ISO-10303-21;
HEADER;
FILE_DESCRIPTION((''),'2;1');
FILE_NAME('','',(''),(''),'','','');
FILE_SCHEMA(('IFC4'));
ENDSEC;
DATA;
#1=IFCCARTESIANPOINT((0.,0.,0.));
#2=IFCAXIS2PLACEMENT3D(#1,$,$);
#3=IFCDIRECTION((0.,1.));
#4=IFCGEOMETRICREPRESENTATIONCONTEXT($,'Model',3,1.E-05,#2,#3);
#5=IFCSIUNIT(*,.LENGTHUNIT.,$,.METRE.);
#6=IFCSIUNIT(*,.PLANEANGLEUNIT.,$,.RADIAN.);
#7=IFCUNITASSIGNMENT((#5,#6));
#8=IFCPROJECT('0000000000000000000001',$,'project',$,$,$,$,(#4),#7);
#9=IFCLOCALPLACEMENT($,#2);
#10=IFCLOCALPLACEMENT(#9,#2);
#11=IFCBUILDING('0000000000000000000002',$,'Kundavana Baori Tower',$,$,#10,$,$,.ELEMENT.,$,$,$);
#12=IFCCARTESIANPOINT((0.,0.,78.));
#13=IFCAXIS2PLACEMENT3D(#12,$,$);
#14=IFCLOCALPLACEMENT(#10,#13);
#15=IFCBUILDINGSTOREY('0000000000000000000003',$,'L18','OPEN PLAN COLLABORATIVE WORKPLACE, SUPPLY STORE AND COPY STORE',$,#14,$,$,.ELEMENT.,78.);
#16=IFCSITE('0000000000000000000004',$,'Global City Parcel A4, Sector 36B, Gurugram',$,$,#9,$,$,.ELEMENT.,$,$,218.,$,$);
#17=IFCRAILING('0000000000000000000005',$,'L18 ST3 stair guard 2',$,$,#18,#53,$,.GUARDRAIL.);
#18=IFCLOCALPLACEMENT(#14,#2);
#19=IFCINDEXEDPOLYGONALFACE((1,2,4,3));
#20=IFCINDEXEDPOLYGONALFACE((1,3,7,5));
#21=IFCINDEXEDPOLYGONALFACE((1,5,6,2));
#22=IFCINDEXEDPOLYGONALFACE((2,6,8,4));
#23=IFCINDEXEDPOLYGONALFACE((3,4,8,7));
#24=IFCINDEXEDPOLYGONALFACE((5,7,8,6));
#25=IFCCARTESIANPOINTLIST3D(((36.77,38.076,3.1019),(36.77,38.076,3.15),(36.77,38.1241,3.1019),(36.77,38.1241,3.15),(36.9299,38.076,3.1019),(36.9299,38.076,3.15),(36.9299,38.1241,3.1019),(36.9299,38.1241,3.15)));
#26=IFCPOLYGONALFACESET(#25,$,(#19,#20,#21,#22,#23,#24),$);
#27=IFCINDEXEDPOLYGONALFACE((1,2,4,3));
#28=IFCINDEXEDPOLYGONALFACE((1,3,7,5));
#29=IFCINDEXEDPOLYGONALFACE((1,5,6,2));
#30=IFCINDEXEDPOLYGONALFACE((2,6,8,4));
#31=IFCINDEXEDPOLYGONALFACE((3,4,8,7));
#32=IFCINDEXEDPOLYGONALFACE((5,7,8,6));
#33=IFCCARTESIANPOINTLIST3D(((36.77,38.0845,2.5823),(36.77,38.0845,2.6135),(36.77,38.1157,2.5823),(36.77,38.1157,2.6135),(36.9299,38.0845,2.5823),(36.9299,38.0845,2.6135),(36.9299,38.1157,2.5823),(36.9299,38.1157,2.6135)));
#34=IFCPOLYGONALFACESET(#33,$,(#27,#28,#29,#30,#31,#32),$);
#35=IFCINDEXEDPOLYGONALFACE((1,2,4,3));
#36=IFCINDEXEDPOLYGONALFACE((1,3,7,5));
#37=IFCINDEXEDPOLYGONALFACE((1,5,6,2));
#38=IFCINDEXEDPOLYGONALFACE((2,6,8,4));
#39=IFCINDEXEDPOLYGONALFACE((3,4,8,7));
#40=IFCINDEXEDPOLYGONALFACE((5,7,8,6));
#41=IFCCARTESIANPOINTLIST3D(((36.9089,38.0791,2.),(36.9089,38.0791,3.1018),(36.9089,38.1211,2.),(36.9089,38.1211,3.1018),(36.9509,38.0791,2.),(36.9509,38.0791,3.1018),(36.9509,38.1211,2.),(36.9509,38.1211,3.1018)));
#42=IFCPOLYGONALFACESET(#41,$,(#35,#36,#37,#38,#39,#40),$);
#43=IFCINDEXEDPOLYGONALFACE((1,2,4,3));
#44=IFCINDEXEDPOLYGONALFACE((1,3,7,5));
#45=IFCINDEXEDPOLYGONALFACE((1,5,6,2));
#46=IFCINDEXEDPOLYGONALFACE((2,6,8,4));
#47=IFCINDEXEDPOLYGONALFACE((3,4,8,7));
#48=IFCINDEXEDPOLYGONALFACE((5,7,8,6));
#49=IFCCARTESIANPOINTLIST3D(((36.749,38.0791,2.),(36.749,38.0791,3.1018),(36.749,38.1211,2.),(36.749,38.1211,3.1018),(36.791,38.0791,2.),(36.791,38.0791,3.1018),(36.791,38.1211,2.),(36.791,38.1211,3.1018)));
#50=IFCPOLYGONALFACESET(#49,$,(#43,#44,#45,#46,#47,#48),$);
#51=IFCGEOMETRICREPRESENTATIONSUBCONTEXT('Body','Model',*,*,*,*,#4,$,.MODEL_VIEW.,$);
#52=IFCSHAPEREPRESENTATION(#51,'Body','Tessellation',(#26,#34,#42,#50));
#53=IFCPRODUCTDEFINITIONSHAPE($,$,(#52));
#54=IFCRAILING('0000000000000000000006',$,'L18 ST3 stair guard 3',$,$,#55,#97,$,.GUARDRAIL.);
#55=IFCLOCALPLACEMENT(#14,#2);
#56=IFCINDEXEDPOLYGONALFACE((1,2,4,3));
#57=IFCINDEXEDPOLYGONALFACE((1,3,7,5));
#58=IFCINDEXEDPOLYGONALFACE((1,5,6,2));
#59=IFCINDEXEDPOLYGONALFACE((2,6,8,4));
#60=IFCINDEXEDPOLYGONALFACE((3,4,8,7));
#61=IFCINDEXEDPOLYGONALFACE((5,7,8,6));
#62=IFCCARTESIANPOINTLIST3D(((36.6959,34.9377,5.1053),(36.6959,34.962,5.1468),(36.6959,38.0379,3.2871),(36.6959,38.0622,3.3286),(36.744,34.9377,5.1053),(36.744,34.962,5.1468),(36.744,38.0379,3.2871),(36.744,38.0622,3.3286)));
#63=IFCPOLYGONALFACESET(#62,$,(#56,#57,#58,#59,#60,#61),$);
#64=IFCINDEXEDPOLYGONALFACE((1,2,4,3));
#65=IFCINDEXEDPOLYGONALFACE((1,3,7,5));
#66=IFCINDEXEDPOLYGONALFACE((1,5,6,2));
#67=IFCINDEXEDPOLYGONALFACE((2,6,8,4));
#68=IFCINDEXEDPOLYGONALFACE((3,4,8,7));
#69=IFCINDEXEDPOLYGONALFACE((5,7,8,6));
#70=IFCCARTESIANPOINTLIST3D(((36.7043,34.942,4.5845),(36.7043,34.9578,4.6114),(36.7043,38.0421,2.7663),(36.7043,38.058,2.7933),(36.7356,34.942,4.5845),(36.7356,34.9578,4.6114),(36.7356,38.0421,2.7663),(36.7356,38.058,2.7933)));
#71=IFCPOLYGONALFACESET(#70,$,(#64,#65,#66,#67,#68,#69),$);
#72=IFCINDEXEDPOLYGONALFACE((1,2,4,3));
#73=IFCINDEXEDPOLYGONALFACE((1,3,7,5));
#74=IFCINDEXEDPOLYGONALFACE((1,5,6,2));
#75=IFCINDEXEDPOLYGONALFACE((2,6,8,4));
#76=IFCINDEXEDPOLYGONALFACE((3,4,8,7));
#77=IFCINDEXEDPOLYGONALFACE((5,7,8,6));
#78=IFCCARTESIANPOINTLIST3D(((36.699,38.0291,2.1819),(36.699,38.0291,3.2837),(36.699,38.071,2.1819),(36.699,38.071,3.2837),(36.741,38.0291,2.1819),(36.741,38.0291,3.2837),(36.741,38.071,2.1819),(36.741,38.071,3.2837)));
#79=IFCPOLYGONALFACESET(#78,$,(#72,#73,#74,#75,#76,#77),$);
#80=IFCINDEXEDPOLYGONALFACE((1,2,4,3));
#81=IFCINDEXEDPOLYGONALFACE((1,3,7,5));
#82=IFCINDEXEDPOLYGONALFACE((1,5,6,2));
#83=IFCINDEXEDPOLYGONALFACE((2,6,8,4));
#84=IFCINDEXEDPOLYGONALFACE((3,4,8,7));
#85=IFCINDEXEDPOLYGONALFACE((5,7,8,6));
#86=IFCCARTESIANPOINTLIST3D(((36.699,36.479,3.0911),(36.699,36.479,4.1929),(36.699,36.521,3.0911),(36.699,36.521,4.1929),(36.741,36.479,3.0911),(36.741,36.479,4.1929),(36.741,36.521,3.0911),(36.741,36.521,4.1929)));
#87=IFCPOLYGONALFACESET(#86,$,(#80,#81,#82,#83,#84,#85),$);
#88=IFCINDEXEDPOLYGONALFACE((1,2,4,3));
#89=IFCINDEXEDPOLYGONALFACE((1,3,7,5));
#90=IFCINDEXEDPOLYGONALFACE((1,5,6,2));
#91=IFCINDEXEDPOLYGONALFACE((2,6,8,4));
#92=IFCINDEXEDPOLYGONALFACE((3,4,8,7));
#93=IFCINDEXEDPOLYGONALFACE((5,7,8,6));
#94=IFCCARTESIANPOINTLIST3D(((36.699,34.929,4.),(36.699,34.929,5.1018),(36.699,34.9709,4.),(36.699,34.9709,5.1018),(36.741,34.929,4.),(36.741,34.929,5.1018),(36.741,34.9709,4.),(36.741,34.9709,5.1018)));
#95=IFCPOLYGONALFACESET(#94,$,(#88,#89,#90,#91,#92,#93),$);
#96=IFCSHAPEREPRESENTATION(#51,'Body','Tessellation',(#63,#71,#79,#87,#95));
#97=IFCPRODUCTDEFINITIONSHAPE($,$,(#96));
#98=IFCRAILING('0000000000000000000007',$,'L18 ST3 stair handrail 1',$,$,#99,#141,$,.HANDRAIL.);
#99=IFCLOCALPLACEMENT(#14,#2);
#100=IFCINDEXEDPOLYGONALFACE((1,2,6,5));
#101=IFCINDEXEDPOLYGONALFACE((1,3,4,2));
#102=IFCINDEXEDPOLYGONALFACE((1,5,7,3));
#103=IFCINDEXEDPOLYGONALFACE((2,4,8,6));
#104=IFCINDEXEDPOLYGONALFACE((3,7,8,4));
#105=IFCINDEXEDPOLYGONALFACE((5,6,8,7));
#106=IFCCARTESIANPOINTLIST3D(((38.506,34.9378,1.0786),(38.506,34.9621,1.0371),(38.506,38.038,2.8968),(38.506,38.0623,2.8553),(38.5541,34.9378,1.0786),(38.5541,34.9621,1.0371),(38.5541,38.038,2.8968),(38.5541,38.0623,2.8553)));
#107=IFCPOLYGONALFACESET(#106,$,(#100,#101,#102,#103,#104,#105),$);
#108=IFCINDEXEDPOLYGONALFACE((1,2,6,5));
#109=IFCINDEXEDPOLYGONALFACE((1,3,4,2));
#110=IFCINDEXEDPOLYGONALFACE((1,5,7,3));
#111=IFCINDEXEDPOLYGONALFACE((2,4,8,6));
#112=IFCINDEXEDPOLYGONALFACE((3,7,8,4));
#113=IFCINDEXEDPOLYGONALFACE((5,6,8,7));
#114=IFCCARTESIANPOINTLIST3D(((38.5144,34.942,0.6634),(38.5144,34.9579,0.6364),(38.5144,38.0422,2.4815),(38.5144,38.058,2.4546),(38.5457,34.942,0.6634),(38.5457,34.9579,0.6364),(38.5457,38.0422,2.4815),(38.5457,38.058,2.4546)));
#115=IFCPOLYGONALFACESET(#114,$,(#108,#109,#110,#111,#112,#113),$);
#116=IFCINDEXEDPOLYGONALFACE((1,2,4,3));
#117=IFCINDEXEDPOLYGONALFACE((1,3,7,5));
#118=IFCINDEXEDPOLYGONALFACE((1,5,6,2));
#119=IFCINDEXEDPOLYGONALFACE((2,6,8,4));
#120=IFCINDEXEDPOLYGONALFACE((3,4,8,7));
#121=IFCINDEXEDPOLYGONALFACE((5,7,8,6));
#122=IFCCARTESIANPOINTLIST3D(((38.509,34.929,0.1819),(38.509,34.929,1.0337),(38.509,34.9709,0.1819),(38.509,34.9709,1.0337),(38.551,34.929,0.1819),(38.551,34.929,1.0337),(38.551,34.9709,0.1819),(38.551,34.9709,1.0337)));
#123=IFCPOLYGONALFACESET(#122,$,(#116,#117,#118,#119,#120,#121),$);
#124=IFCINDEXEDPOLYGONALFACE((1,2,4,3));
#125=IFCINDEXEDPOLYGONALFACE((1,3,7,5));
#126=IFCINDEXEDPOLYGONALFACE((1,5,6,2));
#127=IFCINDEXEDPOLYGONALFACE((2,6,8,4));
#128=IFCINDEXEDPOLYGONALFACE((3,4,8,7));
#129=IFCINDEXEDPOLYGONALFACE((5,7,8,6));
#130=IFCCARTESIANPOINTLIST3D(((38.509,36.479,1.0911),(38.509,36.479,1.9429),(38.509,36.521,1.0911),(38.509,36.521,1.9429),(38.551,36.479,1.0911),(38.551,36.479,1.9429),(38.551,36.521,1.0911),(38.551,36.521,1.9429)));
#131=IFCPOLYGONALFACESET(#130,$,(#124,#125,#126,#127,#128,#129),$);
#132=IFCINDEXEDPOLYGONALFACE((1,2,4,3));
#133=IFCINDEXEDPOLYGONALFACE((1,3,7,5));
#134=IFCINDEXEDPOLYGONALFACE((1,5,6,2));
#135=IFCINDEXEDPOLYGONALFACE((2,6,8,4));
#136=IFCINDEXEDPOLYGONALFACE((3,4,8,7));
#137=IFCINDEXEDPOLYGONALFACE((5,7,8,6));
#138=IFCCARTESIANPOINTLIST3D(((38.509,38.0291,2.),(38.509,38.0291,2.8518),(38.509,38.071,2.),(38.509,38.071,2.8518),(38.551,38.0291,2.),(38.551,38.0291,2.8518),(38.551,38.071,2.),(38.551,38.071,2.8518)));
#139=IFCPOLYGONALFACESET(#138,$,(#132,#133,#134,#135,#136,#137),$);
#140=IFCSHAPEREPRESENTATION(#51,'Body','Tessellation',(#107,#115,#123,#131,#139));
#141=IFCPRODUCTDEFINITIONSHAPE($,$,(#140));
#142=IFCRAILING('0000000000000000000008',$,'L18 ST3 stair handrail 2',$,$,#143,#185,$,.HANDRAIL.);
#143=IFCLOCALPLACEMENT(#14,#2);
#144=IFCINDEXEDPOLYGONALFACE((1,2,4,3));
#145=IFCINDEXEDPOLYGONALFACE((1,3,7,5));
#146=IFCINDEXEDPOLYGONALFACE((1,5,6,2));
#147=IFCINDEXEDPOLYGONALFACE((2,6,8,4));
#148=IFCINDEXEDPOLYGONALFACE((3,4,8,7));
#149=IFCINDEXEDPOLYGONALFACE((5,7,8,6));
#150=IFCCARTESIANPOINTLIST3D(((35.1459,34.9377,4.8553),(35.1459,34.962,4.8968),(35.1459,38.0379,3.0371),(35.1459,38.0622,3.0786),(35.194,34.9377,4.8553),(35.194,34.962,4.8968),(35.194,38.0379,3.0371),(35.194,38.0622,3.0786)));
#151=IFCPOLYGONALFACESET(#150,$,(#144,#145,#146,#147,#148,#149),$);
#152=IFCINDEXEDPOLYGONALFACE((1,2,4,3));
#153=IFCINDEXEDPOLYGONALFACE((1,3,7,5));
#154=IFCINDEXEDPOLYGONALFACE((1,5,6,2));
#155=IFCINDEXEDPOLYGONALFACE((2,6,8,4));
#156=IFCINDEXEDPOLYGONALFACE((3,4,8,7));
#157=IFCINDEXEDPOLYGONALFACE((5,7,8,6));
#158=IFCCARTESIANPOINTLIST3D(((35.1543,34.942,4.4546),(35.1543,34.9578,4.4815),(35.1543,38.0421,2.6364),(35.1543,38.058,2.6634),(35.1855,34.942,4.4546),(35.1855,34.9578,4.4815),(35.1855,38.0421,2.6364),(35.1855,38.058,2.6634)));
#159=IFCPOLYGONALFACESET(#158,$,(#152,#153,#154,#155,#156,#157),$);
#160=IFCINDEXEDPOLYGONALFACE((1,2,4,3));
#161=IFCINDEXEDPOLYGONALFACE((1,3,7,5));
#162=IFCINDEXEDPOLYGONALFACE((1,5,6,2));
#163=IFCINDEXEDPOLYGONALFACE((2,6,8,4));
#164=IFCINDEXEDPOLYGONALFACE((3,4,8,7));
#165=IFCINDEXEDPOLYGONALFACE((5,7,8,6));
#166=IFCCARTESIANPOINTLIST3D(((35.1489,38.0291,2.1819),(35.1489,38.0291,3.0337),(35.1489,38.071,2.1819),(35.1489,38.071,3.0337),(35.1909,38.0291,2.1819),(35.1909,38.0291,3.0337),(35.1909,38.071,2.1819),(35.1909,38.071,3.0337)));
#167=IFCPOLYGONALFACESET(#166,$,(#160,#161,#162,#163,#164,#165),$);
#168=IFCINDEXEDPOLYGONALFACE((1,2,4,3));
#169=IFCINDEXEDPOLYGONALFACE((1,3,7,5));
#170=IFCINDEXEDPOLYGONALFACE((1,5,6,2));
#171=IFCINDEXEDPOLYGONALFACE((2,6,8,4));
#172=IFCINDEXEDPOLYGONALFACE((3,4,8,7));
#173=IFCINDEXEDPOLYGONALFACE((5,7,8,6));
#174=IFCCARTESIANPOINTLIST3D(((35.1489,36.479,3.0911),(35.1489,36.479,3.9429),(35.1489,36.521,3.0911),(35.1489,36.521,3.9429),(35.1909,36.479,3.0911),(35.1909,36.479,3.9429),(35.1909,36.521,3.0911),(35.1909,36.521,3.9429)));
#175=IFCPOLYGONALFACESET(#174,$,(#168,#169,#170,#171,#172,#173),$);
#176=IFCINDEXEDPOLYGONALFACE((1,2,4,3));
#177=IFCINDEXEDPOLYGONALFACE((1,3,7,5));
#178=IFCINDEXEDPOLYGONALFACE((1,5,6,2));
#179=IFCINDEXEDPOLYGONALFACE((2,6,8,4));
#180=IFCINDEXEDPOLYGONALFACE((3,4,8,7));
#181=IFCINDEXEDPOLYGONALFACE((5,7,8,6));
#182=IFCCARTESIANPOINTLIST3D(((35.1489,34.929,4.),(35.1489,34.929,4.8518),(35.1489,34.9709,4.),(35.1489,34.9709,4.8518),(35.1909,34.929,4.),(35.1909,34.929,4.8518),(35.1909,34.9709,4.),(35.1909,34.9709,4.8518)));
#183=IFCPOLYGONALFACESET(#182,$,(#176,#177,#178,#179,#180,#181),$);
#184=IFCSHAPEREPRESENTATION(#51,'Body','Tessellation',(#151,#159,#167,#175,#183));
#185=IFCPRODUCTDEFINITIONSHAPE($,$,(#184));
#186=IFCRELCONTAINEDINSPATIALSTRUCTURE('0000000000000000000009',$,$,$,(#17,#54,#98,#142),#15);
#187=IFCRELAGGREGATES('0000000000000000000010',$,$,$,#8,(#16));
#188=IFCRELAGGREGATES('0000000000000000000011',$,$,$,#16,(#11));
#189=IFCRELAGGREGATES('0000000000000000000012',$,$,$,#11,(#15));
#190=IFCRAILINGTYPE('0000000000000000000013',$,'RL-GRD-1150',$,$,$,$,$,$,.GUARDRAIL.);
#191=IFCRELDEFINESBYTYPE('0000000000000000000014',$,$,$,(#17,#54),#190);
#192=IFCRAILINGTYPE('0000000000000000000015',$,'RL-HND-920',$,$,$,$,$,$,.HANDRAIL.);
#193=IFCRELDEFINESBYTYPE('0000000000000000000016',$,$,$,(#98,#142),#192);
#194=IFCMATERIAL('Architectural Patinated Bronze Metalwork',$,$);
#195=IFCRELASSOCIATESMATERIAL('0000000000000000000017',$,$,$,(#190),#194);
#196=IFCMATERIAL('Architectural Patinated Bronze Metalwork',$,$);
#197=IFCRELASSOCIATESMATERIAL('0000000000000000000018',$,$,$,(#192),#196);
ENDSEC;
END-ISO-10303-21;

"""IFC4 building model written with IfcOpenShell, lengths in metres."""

from ifc_helpers import new_model, si_unit, direction, frame, origin, origin_2d, place, context, subcontext, project, spatial, rectangle, extrude, material, type_object, element, save


model = new_model("IFC4")

# Units and contexts
model_context = context("Model", 3, precision=1e-05, world=origin(), true_north=direction((0.0, 1.0)))
body_context = subcontext(model_context, "Body", "Model", "MODEL_VIEW")
ifc_project = project(units=[si_unit("LENGTHUNIT", "METRE"), si_unit("PLANEANGLEUNIT", "RADIAN")], contexts=[model_context])

# Site, building, storey
site_placement = place(None, origin())
site = spatial("IfcSite", under=ifc_project, at=site_placement, Name="Global City Parcel A4, Sector 36B, Gurugram", CompositionType="ELEMENT", RefElevation=218.0)
building_placement = place(site_placement, origin())
building = spatial("IfcBuilding", under=site, at=building_placement, Name="Kundavana Baori Tower", CompositionType="ELEMENT")
storey_placement = place(building_placement, frame((0.0, 0.0, 78.0)))
storey = spatial("IfcBuildingStorey", under=building, at=storey_placement, Name="L18", Description="OPEN PLAN COLLABORATIVE WORKPLACE, SUPPLY STORE AND COPY STORE", CompositionType="ELEMENT", Elevation=78.0)

# Railings
ifc_material_1 = material(Name="Architectural Patinated Bronze Metalwork")
railing_type_1 = type_object("IfcRailingType", Name="RL-GRD-1150", PredefinedType="GUARDRAIL", material=ifc_material_1)
railing_1_placement = place(storey_placement, frame((36.9299, 38.1001, 2.0)))
element("IfcRailing", 1, at=railing_1_placement, inside=storey, type_object=railing_type_1, Name="L18 ST3 stair guard 2", PredefinedType="GUARDRAIL", context=body_context, shape_type="SweptSolid", body=[
    extrude(rectangle(XDim=0.0481, YDim=0.0481, at=origin_2d()), frame((0.0, 0.0, 1.126), z_axis=(-1.0, 0.0, 0.0), x_axis=(0.0, -1.0, 0.0)), (0.0, 0.0, 1.0), 0.1599),
    extrude(rectangle(XDim=0.0312, YDim=0.0312, at=origin_2d()), frame((0.0, 0.0, 0.5979), z_axis=(-1.0, 0.0, 0.0), x_axis=(0.0, -1.0, 0.0)), (0.0, 0.0, 1.0), 0.1599),
    extrude(rectangle(XDim=0.042, YDim=0.042, at=origin_2d()), origin(), (0.0, 0.0, 1.0), 1.1018),
    extrude(rectangle(XDim=0.042, YDim=0.042, at=origin_2d()), frame((-0.1599, 0.0, 0.0)), (0.0, 0.0, 1.0), 1.1018),
])
railing_2_placement = place(storey_placement, frame((36.72, 38.05, 2.1819)))
element("IfcRailing", 2, at=railing_2_placement, inside=storey, type_object=railing_type_1, Name="L18 ST3 stair guard 3", PredefinedType="GUARDRAIL", context=body_context, shape_type="SweptSolid", body=[
    extrude(rectangle(XDim=0.0481, YDim=0.0481, at=origin_2d()), frame((0.0, 0.0, 1.126), z_axis=(0.0, -0.862599, 0.505889), x_axis=(1.0, 0.0, 0.0)), (0.0, 0.0, 1.0), 3.594),
    extrude(rectangle(XDim=0.0312, YDim=0.0312, at=origin_2d()), frame((0.0, 0.0, 0.5979), z_axis=(0.0, -0.862599, 0.505889), x_axis=(1.0, 0.0, 0.0)), (0.0, 0.0, 1.0), 3.594),
    extrude(rectangle(XDim=0.042, YDim=0.042, at=origin_2d()), origin(), (0.0, 0.0, 1.0), 1.1018),
    extrude(rectangle(XDim=0.042, YDim=0.042, at=origin_2d()), frame((0.0, -1.55, 0.9092)), (0.0, 0.0, 1.0), 1.1018),
    extrude(rectangle(XDim=0.042, YDim=0.042, at=origin_2d()), frame((0.0, -3.1001, 1.8181)), (0.0, 0.0, 1.0), 1.1018),
])
ifc_material_2 = material(Name="Architectural Patinated Bronze Metalwork")
railing_type_2 = type_object("IfcRailingType", Name="RL-HND-920", PredefinedType="HANDRAIL", material=ifc_material_2)
railing_3_placement = place(storey_placement, frame((38.53, 34.95, 0.1819)))
element("IfcRailing", 3, at=railing_3_placement, inside=storey, type_object=railing_type_2, Name="L18 ST3 stair handrail 1", PredefinedType="HANDRAIL", context=body_context, shape_type="SweptSolid", body=[
    extrude(rectangle(XDim=0.0481, YDim=0.0481, at=origin_2d()), frame((0.0, 0.0, 0.876), z_axis=(0.0, 0.862599, 0.505889), x_axis=(-1.0, 0.0, 0.0)), (0.0, 0.0, 1.0), 3.594),
    extrude(rectangle(XDim=0.0312, YDim=0.0312, at=origin_2d()), frame((0.0, 0.0, 0.468), z_axis=(0.0, 0.862599, 0.505889), x_axis=(-1.0, 0.0, 0.0)), (0.0, 0.0, 1.0), 3.594),
    extrude(rectangle(XDim=0.042, YDim=0.042, at=origin_2d()), origin(), (0.0, 0.0, 1.0), 0.8518),
    extrude(rectangle(XDim=0.042, YDim=0.042, at=origin_2d()), frame((0.0, 1.55, 0.9092)), (0.0, 0.0, 1.0), 0.8518),
    extrude(rectangle(XDim=0.042, YDim=0.042, at=origin_2d()), frame((0.0, 3.1001, 1.8181)), (0.0, 0.0, 1.0), 0.8518),
])
railing_4_placement = place(storey_placement, frame((35.1699, 38.05, 2.1819)))
element("IfcRailing", 4, at=railing_4_placement, inside=storey, type_object=railing_type_2, Name="L18 ST3 stair handrail 2", PredefinedType="HANDRAIL", context=body_context, shape_type="SweptSolid", body=[
    extrude(rectangle(XDim=0.0481, YDim=0.0481, at=origin_2d()), frame((0.0, 0.0, 0.876), z_axis=(0.0, -0.862599, 0.505889), x_axis=(1.0, 0.0, 0.0)), (0.0, 0.0, 1.0), 3.594),
    extrude(rectangle(XDim=0.0312, YDim=0.0312, at=origin_2d()), frame((0.0, 0.0, 0.468), z_axis=(0.0, -0.862599, 0.505889), x_axis=(1.0, 0.0, 0.0)), (0.0, 0.0, 1.0), 3.594),
    extrude(rectangle(XDim=0.042, YDim=0.042, at=origin_2d()), origin(), (0.0, 0.0, 1.0), 0.8518),
    extrude(rectangle(XDim=0.042, YDim=0.042, at=origin_2d()), frame((0.0, -1.55, 0.9092)), (0.0, 0.0, 1.0), 0.8518),
    extrude(rectangle(XDim=0.042, YDim=0.042, at=origin_2d()), frame((0.0, -3.1001, 1.8181)), (0.0, 0.0, 1.0), 0.8518),
])

save(model, "model.ifc")
